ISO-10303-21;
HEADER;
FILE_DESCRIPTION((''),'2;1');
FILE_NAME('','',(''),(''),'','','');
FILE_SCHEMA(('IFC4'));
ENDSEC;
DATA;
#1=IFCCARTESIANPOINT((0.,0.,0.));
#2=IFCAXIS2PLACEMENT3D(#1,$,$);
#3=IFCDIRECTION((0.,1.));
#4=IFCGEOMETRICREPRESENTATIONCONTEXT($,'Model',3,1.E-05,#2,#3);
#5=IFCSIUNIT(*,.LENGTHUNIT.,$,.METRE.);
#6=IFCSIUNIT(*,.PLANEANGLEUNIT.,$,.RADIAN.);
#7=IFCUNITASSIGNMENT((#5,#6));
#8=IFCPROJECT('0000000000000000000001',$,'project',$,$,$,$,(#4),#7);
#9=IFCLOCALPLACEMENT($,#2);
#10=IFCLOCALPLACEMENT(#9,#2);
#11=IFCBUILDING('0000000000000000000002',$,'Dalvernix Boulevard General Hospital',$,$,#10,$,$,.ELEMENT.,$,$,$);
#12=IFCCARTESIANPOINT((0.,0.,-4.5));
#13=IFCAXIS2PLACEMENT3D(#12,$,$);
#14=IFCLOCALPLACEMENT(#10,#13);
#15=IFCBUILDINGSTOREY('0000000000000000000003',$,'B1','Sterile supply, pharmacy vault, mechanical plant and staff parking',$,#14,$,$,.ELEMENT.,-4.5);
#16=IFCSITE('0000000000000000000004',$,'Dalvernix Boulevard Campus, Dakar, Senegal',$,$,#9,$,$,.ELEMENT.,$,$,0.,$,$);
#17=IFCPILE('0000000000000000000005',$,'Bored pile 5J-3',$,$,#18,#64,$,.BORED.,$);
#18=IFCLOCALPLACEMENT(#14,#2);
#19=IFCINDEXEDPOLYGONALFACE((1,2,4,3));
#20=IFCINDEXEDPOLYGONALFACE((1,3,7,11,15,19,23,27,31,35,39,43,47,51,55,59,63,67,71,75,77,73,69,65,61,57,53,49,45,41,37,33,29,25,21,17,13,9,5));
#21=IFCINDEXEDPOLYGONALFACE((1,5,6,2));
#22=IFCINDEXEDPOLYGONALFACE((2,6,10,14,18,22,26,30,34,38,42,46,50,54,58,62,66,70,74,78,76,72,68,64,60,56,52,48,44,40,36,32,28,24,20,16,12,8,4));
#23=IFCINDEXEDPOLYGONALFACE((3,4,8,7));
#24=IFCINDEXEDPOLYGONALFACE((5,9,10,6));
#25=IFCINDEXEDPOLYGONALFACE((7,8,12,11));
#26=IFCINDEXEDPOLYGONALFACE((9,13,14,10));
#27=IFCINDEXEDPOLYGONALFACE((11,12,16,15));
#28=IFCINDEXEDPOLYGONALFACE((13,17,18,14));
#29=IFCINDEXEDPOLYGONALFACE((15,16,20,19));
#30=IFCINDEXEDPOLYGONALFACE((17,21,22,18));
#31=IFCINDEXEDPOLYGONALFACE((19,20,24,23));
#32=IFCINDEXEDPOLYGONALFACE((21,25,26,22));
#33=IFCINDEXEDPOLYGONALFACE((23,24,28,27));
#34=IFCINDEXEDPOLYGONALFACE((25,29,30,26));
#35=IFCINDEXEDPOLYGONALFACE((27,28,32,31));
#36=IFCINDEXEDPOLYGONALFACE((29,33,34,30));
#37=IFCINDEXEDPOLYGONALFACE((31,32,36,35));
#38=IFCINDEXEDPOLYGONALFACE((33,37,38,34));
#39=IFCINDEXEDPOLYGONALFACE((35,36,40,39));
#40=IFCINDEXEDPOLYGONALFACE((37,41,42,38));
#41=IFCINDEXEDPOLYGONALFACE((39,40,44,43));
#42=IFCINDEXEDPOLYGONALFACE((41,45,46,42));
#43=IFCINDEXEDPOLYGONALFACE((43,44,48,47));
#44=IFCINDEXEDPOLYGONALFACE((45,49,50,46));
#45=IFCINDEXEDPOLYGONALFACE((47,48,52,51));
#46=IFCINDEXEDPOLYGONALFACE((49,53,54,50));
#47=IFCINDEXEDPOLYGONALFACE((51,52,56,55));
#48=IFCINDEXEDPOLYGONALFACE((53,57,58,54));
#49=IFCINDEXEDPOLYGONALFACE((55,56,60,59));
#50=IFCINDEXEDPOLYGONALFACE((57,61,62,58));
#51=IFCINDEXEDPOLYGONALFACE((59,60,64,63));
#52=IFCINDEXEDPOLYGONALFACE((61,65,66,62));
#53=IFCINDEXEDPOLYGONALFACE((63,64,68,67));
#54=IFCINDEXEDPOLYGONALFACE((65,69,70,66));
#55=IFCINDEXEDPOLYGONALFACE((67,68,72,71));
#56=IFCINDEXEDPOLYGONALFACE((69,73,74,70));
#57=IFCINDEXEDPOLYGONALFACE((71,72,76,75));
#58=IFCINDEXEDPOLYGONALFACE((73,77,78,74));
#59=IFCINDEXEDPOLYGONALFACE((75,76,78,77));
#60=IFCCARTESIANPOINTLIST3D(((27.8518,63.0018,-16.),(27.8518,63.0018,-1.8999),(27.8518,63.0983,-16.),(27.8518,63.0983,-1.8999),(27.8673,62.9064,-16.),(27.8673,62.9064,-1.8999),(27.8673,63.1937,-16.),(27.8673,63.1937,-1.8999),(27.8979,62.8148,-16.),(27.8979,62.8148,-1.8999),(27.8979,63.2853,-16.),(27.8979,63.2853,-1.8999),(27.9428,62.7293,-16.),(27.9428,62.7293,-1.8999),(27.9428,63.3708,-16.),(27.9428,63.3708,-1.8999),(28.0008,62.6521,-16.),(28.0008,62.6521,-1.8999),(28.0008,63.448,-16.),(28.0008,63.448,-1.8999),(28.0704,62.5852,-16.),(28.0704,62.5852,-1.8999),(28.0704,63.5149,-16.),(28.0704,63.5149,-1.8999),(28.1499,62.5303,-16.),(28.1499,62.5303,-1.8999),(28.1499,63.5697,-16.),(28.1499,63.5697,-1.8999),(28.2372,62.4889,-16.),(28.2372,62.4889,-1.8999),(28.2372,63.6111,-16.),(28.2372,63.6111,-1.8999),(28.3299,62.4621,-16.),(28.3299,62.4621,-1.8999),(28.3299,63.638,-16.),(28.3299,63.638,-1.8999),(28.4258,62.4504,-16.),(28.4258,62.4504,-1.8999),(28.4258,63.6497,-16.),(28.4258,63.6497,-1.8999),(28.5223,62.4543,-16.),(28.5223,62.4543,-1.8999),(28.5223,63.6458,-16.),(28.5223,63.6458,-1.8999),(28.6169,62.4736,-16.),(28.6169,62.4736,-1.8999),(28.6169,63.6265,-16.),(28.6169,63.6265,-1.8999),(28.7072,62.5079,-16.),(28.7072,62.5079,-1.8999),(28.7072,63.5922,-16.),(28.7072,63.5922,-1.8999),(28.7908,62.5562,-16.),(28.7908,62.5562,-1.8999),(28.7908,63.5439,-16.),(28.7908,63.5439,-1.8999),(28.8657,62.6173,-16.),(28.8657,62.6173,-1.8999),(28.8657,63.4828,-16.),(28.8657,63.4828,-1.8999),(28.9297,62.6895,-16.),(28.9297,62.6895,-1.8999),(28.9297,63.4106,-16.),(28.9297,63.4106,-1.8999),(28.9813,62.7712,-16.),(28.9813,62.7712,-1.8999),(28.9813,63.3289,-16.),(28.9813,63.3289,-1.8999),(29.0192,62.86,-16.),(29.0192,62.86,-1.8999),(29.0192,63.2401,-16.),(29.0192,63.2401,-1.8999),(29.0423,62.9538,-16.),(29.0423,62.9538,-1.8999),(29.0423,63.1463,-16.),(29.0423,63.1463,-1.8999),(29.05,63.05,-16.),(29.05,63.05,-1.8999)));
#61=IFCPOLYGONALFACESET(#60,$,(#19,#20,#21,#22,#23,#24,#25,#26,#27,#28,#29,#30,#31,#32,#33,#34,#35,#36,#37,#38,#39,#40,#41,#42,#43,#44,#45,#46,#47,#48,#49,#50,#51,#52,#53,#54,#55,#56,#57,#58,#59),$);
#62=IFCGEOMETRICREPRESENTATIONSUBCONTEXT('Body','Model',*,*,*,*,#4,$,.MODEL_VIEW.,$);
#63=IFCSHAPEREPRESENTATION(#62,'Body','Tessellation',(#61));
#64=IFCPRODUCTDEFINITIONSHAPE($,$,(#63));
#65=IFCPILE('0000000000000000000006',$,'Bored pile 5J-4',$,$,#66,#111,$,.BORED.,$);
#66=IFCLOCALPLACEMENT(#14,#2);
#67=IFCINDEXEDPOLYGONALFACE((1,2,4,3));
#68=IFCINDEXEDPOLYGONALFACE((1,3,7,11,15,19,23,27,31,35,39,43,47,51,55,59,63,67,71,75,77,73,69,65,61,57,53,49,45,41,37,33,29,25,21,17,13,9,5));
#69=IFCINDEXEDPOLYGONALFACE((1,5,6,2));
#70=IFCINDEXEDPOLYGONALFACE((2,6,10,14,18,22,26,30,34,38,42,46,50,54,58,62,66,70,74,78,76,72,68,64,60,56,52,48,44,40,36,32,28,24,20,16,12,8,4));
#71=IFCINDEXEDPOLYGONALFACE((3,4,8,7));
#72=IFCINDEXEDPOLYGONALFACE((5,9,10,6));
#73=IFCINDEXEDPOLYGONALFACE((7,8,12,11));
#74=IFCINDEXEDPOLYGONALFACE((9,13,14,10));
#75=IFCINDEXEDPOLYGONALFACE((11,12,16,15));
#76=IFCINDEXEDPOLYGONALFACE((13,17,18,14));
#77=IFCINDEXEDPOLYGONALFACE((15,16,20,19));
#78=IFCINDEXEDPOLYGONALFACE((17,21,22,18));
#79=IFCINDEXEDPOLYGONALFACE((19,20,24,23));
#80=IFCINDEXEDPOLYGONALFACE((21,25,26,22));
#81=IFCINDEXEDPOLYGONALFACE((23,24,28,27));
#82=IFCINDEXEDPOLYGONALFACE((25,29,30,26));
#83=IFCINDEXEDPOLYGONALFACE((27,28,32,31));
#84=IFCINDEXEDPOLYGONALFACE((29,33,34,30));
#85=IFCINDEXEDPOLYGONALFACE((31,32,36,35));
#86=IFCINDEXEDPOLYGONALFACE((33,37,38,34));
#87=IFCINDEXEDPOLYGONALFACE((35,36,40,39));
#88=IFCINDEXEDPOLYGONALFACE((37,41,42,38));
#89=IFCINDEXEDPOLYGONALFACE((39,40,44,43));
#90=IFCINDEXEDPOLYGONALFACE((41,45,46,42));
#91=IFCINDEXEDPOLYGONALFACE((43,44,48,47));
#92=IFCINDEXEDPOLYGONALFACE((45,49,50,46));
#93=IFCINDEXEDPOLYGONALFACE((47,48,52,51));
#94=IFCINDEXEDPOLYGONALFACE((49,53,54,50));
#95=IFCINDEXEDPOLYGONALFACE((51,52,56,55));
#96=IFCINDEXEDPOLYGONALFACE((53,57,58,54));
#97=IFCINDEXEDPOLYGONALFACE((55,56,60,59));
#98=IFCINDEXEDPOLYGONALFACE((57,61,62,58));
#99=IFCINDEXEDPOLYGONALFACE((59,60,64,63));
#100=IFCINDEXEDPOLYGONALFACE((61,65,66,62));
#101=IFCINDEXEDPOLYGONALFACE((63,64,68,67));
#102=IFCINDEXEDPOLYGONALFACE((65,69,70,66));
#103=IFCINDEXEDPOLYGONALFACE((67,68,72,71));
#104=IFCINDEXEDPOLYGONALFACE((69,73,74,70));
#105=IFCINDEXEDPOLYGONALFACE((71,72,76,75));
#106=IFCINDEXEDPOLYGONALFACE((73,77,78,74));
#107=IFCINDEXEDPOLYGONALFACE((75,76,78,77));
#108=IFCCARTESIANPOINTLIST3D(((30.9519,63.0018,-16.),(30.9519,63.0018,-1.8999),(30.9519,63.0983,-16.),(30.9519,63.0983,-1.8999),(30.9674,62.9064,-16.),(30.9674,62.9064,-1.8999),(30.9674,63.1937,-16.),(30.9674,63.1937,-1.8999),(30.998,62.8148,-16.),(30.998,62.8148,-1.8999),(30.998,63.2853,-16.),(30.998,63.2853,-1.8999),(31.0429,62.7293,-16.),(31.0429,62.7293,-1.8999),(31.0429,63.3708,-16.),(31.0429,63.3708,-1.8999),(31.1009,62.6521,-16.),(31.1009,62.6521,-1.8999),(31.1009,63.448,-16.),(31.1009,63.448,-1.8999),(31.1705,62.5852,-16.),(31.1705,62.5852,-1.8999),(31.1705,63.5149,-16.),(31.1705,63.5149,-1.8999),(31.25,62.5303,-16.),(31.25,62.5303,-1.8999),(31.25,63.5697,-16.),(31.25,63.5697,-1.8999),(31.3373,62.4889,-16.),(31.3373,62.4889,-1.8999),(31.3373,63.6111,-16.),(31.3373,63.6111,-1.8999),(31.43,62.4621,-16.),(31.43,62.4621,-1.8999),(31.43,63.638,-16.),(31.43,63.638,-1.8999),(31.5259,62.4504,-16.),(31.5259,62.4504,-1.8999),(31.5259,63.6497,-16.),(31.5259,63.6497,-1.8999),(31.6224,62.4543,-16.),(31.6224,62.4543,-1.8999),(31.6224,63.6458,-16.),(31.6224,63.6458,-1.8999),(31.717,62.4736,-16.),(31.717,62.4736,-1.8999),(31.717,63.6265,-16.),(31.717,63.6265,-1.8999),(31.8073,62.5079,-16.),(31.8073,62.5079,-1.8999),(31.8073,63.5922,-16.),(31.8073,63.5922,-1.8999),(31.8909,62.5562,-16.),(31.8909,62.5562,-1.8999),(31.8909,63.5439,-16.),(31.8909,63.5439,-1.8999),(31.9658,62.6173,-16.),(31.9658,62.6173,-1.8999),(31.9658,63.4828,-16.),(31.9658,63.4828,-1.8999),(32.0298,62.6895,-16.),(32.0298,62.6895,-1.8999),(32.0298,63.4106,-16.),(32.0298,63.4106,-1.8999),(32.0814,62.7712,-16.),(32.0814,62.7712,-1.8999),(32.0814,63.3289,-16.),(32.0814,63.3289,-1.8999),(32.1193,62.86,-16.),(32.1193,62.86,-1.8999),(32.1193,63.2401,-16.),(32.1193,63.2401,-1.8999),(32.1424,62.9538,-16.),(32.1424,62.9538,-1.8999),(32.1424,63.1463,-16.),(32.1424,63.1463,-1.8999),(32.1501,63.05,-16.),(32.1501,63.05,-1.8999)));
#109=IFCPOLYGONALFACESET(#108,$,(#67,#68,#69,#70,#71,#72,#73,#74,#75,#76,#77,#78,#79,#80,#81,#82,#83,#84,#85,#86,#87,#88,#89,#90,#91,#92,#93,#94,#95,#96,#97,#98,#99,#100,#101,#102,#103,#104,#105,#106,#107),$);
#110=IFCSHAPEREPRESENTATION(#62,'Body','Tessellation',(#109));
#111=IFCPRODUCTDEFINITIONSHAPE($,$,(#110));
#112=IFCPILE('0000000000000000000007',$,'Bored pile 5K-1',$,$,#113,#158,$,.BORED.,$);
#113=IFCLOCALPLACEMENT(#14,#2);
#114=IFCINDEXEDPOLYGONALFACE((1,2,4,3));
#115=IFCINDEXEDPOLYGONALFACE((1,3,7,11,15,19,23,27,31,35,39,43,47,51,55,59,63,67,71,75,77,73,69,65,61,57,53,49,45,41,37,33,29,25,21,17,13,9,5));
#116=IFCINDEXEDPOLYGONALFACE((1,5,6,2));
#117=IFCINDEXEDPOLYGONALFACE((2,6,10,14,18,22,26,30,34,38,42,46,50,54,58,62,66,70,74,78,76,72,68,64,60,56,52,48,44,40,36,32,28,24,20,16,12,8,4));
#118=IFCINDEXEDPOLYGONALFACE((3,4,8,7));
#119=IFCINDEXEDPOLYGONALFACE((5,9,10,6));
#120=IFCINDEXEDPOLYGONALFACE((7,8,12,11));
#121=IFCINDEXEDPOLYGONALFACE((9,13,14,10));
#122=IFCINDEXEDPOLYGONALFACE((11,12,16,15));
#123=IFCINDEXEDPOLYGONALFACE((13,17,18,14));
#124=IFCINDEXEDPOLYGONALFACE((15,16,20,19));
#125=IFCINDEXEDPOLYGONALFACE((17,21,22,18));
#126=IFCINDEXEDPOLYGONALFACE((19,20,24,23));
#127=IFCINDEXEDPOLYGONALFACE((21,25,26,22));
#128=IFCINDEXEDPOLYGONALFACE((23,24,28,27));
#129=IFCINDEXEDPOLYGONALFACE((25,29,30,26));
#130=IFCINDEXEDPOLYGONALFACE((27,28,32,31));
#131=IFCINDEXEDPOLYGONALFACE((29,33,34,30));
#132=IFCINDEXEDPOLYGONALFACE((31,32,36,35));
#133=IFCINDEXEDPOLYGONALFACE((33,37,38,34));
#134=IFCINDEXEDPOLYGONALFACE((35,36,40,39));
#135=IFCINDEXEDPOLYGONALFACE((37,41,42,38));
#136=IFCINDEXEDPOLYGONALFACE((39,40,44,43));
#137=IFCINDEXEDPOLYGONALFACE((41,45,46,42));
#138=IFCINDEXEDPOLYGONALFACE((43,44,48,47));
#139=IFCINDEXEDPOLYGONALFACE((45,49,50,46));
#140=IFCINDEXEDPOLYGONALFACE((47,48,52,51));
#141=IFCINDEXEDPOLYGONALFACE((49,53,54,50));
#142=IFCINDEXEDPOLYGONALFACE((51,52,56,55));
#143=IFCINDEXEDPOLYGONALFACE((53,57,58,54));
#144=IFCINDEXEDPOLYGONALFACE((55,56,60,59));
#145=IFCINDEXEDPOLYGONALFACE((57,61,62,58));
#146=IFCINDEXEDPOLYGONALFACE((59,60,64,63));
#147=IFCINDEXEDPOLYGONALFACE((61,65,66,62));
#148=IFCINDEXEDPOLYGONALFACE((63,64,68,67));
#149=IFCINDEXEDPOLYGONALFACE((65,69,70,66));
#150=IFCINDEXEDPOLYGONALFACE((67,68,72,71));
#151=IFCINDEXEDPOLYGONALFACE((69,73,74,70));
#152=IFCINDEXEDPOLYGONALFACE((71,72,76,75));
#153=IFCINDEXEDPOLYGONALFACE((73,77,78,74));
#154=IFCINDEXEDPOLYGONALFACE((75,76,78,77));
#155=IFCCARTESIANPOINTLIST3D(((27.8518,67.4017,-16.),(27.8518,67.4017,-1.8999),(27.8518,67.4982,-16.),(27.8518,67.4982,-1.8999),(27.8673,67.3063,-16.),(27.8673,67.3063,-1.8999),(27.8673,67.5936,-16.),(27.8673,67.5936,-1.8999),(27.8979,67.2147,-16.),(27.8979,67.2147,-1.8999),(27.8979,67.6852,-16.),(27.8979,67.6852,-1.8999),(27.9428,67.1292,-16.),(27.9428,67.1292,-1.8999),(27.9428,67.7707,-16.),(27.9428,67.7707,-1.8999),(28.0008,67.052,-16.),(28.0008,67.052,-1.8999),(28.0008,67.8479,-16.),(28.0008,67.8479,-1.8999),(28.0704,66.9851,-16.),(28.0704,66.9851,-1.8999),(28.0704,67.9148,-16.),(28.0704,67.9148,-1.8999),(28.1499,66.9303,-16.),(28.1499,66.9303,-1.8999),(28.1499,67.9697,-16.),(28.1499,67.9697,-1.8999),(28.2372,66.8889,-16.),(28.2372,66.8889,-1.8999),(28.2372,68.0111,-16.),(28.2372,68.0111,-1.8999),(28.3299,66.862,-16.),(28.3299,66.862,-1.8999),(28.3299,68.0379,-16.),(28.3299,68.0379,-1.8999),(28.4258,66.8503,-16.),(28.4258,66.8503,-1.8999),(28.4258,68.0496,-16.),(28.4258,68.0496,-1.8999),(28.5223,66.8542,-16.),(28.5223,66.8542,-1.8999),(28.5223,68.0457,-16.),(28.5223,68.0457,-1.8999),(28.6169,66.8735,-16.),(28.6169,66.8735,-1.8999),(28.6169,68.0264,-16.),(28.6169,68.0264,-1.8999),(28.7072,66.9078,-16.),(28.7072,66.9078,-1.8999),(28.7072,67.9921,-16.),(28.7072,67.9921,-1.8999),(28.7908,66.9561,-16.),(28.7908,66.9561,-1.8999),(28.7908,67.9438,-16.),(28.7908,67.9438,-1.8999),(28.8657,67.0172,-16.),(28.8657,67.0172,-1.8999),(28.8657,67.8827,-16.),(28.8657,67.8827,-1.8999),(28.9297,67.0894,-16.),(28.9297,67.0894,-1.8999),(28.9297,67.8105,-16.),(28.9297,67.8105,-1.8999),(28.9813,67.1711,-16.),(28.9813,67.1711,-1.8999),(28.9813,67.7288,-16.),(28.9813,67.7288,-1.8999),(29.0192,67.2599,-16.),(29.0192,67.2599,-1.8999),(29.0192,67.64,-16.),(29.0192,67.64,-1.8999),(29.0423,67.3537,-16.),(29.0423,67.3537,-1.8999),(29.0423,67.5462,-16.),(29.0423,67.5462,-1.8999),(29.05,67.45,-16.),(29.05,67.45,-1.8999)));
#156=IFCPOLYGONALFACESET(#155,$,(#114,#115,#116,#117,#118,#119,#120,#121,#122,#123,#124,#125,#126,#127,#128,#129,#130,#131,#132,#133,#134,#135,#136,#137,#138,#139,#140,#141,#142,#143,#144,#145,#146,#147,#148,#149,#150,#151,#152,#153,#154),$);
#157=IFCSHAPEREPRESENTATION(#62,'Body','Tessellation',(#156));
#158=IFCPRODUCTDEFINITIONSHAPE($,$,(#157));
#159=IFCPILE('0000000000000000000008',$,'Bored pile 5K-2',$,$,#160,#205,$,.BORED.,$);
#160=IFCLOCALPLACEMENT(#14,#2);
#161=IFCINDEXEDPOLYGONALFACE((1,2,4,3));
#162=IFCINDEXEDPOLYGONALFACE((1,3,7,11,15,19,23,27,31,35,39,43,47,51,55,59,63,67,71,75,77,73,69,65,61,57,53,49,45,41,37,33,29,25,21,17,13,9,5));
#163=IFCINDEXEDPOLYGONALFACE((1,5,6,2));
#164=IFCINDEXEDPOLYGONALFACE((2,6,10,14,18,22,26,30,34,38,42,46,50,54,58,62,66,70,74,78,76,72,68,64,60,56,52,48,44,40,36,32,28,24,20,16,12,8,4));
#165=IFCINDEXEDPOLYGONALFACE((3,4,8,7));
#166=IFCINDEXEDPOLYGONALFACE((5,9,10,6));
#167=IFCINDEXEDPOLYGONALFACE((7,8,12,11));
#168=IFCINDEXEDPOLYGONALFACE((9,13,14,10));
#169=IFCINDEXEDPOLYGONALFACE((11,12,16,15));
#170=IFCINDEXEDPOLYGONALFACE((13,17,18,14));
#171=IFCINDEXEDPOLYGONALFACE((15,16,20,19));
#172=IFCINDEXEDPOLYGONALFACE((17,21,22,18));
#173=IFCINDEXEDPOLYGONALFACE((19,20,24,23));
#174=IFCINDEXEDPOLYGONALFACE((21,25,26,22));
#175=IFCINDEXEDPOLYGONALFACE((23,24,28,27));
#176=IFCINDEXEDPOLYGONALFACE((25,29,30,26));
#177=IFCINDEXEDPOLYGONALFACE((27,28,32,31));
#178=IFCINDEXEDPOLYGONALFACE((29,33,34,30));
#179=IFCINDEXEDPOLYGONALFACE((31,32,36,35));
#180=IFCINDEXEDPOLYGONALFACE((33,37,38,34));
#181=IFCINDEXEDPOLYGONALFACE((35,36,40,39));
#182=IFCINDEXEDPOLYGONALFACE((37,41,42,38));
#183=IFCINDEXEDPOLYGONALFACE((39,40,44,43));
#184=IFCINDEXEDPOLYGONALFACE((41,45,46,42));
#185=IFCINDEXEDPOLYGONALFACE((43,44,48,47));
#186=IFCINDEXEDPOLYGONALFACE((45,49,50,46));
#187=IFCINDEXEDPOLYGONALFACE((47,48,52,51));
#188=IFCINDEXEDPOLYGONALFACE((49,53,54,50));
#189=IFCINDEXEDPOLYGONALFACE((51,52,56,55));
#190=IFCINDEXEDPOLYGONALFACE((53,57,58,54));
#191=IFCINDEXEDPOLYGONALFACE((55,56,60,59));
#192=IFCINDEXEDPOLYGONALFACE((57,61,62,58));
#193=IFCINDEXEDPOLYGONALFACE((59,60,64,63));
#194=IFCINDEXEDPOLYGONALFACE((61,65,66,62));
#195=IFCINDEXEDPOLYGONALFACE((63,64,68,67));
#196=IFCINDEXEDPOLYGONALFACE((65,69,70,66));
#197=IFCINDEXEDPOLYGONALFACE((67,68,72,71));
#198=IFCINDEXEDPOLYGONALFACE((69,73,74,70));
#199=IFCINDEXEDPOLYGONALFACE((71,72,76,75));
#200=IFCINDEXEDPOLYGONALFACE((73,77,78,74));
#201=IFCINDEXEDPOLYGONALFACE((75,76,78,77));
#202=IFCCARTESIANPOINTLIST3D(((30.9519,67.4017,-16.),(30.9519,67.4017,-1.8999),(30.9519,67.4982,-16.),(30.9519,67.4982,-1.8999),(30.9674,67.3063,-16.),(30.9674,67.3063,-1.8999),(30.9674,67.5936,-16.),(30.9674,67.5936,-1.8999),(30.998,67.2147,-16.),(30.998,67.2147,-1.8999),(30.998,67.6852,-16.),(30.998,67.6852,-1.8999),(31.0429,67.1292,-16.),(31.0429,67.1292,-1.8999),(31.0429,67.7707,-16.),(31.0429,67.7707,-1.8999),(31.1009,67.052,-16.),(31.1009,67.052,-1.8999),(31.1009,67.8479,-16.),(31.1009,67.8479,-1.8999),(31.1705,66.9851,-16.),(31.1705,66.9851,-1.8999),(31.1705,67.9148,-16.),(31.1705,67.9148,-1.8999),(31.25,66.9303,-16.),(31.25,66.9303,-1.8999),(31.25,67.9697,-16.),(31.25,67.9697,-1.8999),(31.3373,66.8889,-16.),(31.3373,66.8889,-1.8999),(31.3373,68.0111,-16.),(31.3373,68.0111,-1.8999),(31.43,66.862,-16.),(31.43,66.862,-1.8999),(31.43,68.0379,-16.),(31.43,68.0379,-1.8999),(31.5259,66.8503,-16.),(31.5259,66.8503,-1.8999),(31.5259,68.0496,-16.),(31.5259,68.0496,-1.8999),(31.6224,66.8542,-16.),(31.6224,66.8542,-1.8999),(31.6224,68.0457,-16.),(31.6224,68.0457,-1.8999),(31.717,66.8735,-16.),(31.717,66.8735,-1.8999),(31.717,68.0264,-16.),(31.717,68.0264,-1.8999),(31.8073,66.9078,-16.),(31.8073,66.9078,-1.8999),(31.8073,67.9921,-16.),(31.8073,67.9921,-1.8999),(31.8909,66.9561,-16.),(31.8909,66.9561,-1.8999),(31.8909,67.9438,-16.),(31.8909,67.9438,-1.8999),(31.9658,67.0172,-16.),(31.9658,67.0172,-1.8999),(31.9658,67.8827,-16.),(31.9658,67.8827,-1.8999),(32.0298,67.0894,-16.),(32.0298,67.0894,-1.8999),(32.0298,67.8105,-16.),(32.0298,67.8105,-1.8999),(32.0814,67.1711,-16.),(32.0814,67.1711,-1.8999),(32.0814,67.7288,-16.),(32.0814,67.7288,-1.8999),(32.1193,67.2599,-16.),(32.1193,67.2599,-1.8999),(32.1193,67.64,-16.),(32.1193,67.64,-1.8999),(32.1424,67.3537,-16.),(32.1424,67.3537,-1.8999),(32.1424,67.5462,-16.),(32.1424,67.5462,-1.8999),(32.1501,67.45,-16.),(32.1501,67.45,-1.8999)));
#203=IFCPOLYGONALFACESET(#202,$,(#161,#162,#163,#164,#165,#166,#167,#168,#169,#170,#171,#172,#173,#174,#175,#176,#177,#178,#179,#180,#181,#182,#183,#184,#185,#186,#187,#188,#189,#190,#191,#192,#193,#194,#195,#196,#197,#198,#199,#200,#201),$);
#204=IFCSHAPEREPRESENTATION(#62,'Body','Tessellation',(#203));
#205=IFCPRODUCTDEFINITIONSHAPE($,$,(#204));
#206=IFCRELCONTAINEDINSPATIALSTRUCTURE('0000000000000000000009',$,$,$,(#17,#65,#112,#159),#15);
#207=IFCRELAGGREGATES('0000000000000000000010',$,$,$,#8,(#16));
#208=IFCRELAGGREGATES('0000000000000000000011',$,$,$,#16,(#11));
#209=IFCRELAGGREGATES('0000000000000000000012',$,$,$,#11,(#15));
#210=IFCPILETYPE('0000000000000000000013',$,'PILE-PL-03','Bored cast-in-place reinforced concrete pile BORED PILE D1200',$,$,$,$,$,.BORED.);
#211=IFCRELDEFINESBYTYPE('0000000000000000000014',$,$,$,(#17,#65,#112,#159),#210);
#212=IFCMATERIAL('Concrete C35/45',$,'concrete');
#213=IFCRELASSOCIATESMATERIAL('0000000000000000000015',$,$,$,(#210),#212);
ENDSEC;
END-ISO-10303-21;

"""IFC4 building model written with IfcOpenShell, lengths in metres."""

from ifc_helpers import new_model, si_unit, direction, frame, origin, origin_2d, place, context, subcontext, project, spatial, circle, extrude, material, material_profile, profile_set, type_object, element, save


model = new_model("IFC4")

# Units and contexts
model_context = context("Model", 3, precision=1e-05, world=origin(), true_north=direction((0.0, 1.0)))
body_context = subcontext(model_context, "Body", "Model", "MODEL_VIEW")
ifc_project = project(units=[si_unit("LENGTHUNIT", "METRE"), si_unit("PLANEANGLEUNIT", "RADIAN")], contexts=[model_context])

# Site, building, storey
site_placement = place(None, origin())
site = spatial("IfcSite", under=ifc_project, at=site_placement, Name="Dalvernix Boulevard Campus, Dakar, Senegal", CompositionType="ELEMENT", RefElevation=0.0)
building_placement = place(site_placement, origin())
building = spatial("IfcBuilding", under=site, at=building_placement, Name="Dalvernix Boulevard General Hospital", CompositionType="ELEMENT")
storey_placement = place(building_placement, frame((0.0, 0.0, -4.5)))
storey = spatial("IfcBuildingStorey", under=building, at=storey_placement, Name="B1", Description="Sterile supply, pharmacy vault, mechanical plant and staff parking", CompositionType="ELEMENT", Elevation=-4.5)

# Shared definitions
ifc_material_1 = material(Name="Concrete C35/45", Category="concrete")

# Piles
ifc_material_profile_1 = material_profile(ifc_material_1, circle(Radius=0.6001, at=origin_2d()), Name="BORED PILE D1200")
ifc_profile_set_1 = profile_set([ifc_material_profile_1], Name="Concrete C35/45")
pile_type_1 = type_object("IfcPileType", Name="PILE-PL-03", Description="Bored cast-in-place reinforced concrete pile BORED PILE D1200", PredefinedType="BORED", material=ifc_profile_set_1)
for number, where, z_axis, x_axis, name in (
    (1, (28.45, 63.05, -1.8999), (0.0, 0.0, -1.0), (1.0, 0.0, 0.0), "Bored pile 5J-3"),
    (2, (31.55, 63.05, -1.8999), (0.0, 0.0, -1.0), (1.0, 0.0, 0.0), "Bored pile 5J-4"),
    (3, (28.45, 67.45, -1.8999), (0.0, 0.0, -1.0), (1.0, 0.0, 0.0), "Bored pile 5K-1"),
    (4, (31.55, 67.45, -1.8999), (0.0, 0.0, -1.0), (1.0, 0.0, 0.0), "Bored pile 5K-2"),
):
    element("IfcPile", number, at=place(storey_placement, frame(where, z_axis=z_axis, x_axis=x_axis)), inside=storey, type_object=pile_type_1, Name=name, PredefinedType="BORED", context=body_context, shape_type="SweptSolid", body=[
        extrude(circle(Radius=0.6001, at=origin_2d()), origin(), (0.0, 0.0, 1.0), 14.1001),
    ])

save(model, "model.ifc")
